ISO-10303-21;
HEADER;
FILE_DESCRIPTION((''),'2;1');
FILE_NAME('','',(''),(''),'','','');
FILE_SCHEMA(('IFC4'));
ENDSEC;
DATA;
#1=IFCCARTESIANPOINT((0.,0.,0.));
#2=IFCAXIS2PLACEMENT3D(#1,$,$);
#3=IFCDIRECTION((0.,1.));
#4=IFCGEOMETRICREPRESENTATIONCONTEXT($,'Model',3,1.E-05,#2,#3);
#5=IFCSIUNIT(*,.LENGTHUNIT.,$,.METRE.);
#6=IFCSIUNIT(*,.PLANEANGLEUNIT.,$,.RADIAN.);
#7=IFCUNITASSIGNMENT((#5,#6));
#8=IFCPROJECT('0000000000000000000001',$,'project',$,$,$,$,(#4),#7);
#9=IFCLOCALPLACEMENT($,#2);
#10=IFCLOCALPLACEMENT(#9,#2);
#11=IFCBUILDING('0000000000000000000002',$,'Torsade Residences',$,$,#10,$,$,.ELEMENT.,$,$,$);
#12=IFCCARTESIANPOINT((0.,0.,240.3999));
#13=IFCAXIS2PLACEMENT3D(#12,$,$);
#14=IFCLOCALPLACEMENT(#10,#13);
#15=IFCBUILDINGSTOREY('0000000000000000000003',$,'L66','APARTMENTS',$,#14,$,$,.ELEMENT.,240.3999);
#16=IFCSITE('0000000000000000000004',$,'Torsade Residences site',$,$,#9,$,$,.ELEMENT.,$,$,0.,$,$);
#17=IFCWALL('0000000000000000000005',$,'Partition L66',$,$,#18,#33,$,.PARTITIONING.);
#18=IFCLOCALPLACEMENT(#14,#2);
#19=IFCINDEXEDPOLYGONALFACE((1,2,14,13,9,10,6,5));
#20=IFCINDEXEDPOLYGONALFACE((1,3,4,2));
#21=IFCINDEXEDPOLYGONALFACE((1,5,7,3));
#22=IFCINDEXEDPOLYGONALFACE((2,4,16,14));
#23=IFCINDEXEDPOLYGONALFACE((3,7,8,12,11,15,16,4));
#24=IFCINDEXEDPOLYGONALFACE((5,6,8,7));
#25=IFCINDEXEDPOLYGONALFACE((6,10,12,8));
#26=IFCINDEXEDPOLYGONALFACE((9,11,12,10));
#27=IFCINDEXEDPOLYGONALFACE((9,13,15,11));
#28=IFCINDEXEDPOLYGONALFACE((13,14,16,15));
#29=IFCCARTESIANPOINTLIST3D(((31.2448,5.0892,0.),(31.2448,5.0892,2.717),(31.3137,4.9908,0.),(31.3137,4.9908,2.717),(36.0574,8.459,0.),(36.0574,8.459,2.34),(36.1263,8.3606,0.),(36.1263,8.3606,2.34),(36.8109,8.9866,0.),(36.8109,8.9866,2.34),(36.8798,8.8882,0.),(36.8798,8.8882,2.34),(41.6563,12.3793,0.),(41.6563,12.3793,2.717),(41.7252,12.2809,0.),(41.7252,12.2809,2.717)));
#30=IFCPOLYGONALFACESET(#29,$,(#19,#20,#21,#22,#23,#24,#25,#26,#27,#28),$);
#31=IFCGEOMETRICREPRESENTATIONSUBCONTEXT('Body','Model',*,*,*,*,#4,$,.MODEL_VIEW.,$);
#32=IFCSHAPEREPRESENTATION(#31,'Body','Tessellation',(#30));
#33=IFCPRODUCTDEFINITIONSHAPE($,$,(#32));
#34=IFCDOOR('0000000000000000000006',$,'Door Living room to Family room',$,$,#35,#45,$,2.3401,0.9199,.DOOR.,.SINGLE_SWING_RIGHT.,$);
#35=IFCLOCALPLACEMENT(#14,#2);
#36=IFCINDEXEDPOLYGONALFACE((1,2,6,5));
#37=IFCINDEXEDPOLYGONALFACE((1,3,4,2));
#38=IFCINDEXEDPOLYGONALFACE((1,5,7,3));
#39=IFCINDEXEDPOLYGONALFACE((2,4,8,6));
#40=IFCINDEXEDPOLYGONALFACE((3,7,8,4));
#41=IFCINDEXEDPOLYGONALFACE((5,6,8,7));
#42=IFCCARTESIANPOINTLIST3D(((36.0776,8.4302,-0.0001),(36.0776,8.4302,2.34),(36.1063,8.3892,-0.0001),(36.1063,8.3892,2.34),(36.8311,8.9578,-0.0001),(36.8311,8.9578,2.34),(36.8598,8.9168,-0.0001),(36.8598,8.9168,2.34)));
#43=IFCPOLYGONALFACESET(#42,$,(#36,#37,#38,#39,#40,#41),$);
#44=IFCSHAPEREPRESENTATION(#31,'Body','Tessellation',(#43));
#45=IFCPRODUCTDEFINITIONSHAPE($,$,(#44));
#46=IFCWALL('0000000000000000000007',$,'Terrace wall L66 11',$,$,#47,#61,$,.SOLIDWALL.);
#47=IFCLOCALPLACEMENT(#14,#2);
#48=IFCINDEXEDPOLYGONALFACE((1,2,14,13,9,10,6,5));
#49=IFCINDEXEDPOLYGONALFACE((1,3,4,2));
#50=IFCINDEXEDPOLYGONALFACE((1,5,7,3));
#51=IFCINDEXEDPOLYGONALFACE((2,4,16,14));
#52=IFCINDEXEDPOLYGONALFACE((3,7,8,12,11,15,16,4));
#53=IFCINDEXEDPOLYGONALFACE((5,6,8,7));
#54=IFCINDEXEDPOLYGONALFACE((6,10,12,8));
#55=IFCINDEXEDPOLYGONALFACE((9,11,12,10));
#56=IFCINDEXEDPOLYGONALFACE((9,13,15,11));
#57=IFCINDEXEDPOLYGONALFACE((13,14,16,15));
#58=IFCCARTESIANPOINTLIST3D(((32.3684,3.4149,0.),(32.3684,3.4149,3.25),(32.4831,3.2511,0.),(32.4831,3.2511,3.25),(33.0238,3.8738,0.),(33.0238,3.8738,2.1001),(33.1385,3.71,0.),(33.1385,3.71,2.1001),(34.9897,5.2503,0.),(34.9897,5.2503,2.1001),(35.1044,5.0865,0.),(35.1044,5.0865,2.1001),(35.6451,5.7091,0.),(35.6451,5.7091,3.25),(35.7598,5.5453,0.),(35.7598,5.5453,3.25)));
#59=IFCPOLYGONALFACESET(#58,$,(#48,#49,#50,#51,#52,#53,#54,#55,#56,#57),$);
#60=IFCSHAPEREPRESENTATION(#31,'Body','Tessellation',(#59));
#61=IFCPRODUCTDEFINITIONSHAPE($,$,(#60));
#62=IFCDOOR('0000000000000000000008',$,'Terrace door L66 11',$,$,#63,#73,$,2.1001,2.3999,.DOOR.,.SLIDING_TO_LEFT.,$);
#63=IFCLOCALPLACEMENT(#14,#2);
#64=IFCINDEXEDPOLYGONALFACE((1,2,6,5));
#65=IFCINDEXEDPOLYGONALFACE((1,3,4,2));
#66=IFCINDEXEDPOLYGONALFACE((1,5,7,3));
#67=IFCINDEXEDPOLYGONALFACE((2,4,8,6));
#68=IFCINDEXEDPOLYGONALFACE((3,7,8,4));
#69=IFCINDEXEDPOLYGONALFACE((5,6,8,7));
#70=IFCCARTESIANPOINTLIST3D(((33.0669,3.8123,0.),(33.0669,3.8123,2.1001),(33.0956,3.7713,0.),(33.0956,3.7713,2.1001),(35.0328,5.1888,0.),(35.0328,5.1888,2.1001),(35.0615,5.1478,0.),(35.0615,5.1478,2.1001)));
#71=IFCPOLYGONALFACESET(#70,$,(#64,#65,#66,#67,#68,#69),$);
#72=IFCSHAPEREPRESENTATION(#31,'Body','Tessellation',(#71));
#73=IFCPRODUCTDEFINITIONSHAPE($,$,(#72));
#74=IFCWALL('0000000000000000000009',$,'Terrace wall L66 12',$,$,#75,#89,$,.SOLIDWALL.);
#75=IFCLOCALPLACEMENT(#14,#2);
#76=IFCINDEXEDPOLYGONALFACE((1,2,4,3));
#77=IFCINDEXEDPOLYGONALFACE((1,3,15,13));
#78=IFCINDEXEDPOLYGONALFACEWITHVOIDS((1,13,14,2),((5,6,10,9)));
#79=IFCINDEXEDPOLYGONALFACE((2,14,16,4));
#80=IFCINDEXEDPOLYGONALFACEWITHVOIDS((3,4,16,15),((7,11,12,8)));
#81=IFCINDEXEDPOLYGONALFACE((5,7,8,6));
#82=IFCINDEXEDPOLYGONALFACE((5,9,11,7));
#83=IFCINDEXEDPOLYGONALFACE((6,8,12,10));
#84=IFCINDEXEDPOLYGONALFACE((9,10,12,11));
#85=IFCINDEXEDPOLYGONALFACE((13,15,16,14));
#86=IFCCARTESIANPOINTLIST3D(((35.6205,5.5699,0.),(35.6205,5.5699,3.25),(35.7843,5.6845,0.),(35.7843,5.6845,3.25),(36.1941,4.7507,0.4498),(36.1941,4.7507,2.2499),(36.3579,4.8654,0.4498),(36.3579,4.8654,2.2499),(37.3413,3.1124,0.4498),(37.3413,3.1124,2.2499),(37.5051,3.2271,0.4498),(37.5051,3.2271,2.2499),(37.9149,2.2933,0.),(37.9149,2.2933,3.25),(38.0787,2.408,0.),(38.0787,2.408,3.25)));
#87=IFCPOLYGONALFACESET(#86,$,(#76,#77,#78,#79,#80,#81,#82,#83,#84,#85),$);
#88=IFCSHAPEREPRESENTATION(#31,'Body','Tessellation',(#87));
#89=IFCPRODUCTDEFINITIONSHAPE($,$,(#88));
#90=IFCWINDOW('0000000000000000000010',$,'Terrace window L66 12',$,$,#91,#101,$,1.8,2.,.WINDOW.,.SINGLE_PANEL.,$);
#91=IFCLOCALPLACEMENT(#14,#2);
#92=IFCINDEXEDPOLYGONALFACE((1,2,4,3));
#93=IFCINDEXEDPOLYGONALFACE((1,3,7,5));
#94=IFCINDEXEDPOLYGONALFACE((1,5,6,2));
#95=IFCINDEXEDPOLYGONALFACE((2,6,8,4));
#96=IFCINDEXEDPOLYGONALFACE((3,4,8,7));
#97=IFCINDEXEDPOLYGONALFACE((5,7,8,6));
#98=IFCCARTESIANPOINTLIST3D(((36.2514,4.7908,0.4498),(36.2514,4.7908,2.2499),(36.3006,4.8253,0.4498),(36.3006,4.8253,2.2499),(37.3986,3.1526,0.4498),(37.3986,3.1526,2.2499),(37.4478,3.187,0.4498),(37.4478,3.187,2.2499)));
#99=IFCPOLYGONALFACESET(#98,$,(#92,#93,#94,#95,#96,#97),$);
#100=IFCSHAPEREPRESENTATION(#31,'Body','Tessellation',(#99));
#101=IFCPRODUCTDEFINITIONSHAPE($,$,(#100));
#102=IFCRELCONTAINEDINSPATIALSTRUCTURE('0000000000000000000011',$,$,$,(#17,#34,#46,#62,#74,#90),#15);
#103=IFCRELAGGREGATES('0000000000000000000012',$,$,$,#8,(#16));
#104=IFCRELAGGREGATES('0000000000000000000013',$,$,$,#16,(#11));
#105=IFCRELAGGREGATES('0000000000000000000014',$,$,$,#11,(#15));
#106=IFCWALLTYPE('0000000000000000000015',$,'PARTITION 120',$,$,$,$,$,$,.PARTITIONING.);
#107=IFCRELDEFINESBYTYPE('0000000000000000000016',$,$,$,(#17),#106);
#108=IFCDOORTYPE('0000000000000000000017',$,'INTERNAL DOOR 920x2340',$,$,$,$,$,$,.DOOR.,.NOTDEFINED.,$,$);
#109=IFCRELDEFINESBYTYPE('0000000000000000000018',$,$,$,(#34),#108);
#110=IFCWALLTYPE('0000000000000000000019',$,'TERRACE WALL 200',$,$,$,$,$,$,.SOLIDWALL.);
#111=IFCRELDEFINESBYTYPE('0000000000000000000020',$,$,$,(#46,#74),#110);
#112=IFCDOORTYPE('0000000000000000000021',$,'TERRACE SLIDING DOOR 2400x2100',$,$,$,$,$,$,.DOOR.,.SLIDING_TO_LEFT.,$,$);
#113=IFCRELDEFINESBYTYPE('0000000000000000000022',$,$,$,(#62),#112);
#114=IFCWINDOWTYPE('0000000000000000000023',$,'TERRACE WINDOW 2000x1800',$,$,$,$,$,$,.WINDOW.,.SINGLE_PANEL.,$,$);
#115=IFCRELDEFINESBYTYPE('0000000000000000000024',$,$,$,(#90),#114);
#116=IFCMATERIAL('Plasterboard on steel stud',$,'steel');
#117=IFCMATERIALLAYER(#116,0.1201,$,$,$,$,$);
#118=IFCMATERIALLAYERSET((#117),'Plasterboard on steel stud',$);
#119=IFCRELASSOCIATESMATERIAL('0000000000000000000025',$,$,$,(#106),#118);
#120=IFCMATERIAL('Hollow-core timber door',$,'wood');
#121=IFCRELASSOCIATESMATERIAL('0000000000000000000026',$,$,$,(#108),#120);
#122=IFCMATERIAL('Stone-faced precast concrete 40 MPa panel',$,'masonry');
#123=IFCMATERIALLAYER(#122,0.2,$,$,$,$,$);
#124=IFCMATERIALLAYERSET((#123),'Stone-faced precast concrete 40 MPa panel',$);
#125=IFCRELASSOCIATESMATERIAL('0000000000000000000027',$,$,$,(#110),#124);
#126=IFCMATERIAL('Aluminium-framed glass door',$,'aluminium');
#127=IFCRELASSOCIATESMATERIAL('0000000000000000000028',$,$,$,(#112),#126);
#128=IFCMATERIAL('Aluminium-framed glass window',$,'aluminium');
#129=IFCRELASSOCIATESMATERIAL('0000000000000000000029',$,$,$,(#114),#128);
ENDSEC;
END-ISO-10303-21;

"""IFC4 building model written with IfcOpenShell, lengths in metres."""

from ifc_helpers import new_model, si_unit, direction, frame, frame_2d, origin, place, context, subcontext, project, spatial, rectangle, extrude, material, layer, layer_set, type_object, element, fill, save


model = new_model("IFC4")

# Units and contexts
model_context = context("Model", 3, precision=1e-05, world=origin(), true_north=direction((0.0, 1.0)))
body_context = subcontext(model_context, "Body", "Model", "MODEL_VIEW")
ifc_project = project(units=[si_unit("LENGTHUNIT", "METRE"), si_unit("PLANEANGLEUNIT", "RADIAN")], contexts=[model_context])

# Site, building, storey
site_placement = place(None, origin())
site = spatial("IfcSite", under=ifc_project, at=site_placement, Name="Torsade Residences site", CompositionType="ELEMENT", RefElevation=0.0)
building_placement = place(site_placement, origin())
building = spatial("IfcBuilding", under=site, at=building_placement, Name="Torsade Residences", CompositionType="ELEMENT")
storey_placement = place(building_placement, frame((0.0, 0.0, 240.3999)))
storey = spatial("IfcBuildingStorey", under=building, at=storey_placement, Name="L66", Description="APARTMENTS", CompositionType="ELEMENT", Elevation=240.3999)

# Walls, openings, doors
ifc_material_1 = material(Name="Plasterboard on steel stud", Category="steel")
ifc_layer_1 = layer(ifc_material_1, 0.1201)
ifc_layer_set_1 = layer_set([ifc_layer_1], Name="Plasterboard on steel stud")
wall_type_1 = type_object("IfcWallType", Name="PARTITION 120", PredefinedType="PARTITIONING", material=ifc_layer_set_1)
wall_1_placement = place(storey_placement, frame((31.2793, 5.04, 0.0), z_axis=(0.0, 0.0, 1.0), x_axis=(0.819155, 0.573572, 0.0)))
wall_1 = element("IfcWall", 1, at=wall_1_placement, inside=storey, type_object=wall_type_1, Name="Partition L66", PredefinedType="PARTITIONING", context=body_context, shape_type="SweptSolid", body=[
    extrude(rectangle(XDim=12.71, YDim=0.1201, at=frame_2d((6.355, 0.0))), origin(), (0.0, 0.0, 1.0), 2.717),
])
opening_1_placement = place(wall_1_placement, frame((5.875, 0.0, 0.0)))
opening_1 = element("IfcOpeningElement", 2, at=opening_1_placement, cuts=wall_1, PredefinedType="OPENING", context=body_context, shape_type="SweptSolid", body=[
    extrude(rectangle(XDim=0.9199, YDim=2.3401, at=frame_2d((0.46, 1.1699))), frame((0.0, 0.0701, 0.0), z_axis=(0.0, -1.0, 0.0), x_axis=(1.0, 0.0, 0.0)), (0.0, 0.0, 1.0), 0.1401),
])
ifc_material_2 = material(Name="Hollow-core timber door", Category="wood")
door_type_1 = type_object("IfcDoorType", Name="INTERNAL DOOR 920x2340", OperationType="NOTDEFINED", PredefinedType="DOOR", material=ifc_material_2)
door_1_placement = place(opening_1_placement, origin())
door_1 = element("IfcDoor", 3, at=door_1_placement, inside=storey, type_object=door_type_1, Name="Door Living room to Family room", OperationType="SINGLE_SWING_RIGHT", OverallHeight=2.3401, OverallWidth=0.9199, PredefinedType="DOOR", context=body_context, shape_type="SweptSolid", body=[
    extrude(rectangle(XDim=0.9199, YDim=2.3401, at=frame_2d((0.46, 1.1699))), frame((0.0, 0.0249, 0.0), z_axis=(0.0, -1.0, 0.0), x_axis=(1.0, 0.0, 0.0)), (0.0, 0.0, 1.0), 0.05),
])
fill(opening_1, door_1)
ifc_material_3 = material(Name="Stone-faced precast concrete 40 MPa panel", Category="masonry")
ifc_layer_2 = layer(ifc_material_3, 0.2)
ifc_layer_set_2 = layer_set([ifc_layer_2], Name="Stone-faced precast concrete 40 MPa panel")
wall_type_2 = type_object("IfcWallType", Name="TERRACE WALL 200", PredefinedType="SOLIDWALL", material=ifc_layer_set_2)
wall_2_placement = place(storey_placement, frame((32.4258, 3.333, 0.0), z_axis=(0.0, 0.0, 1.0), x_axis=(0.819166, 0.573557, 0.0)))
wall_2 = element("IfcWall", 4, at=wall_2_placement, inside=storey, type_object=wall_type_2, Name="Terrace wall L66 11", PredefinedType="SOLIDWALL", context=body_context, shape_type="SweptSolid", body=[
    extrude(rectangle(XDim=4.0, YDim=0.2, at=frame_2d((2.0, 0.0))), origin(), (0.0, 0.0, 1.0), 3.25),
])
opening_2_placement = place(wall_2_placement, frame((0.8, 0.0, 0.0)))
opening_2 = element("IfcOpeningElement", 5, at=opening_2_placement, cuts=wall_2, PredefinedType="OPENING", context=body_context, shape_type="SweptSolid", body=[
    extrude(rectangle(XDim=2.3999, YDim=2.1001, at=frame_2d((1.2, 1.05))), frame((0.0, 0.1099, 0.0), z_axis=(0.0, -1.0, 0.0), x_axis=(1.0, 0.0, 0.0)), (0.0, 0.0, 1.0), 0.22),
])
ifc_material_4 = material(Name="Aluminium-framed glass door", Category="aluminium")
door_type_2 = type_object("IfcDoorType", Name="TERRACE SLIDING DOOR 2400x2100", OperationType="SLIDING_TO_LEFT", PredefinedType="DOOR", material=ifc_material_4)
door_2_placement = place(opening_2_placement, origin())
door_2 = element("IfcDoor", 6, at=door_2_placement, inside=storey, type_object=door_type_2, Name="Terrace door L66 11", OperationType="SLIDING_TO_LEFT", OverallHeight=2.1001, OverallWidth=2.3999, PredefinedType="DOOR", context=body_context, shape_type="SweptSolid", body=[
    extrude(rectangle(XDim=2.3999, YDim=2.1001, at=frame_2d((1.2, 1.05))), frame((0.0, 0.0249, 0.0), z_axis=(0.0, -1.0, 0.0), x_axis=(1.0, 0.0, 0.0)), (0.0, 0.0, 1.0), 0.05),
])
fill(opening_2, door_2)

# Wall, opening, window
wall_3_placement = place(storey_placement, frame((35.7024, 5.6272, 0.0), z_axis=(0.0, 0.0, 1.0), x_axis=(0.573598, -0.819137, 0.0)))
wall_3 = element("IfcWall", 7, at=wall_3_placement, inside=storey, type_object=wall_type_2, Name="Terrace wall L66 12", PredefinedType="SOLIDWALL", context=body_context, shape_type="SweptSolid", body=[
    extrude(rectangle(XDim=4.0, YDim=0.2, at=frame_2d((2.0, 0.0))), origin(), (0.0, 0.0, 1.0), 3.25),
])
opening_3_placement = place(wall_3_placement, frame((1.0, 0.0, 0.45)))
opening_3 = element("IfcOpeningElement", 8, at=opening_3_placement, cuts=wall_3, PredefinedType="OPENING", context=body_context, shape_type="SweptSolid", body=[
    extrude(rectangle(XDim=2.0, YDim=1.8, at=frame_2d((1.0, 0.8999))), frame((0.0, 0.1099, 0.0), z_axis=(0.0, -1.0, 0.0), x_axis=(1.0, 0.0, 0.0)), (0.0, 0.0, 1.0), 0.22),
])
ifc_material_5 = material(Name="Aluminium-framed glass window", Category="aluminium")
window_type = type_object("IfcWindowType", Name="TERRACE WINDOW 2000x1800", PartitioningType="SINGLE_PANEL", PredefinedType="WINDOW", material=ifc_material_5)
window_placement = place(opening_3_placement, origin())
window = element("IfcWindow", 9, at=window_placement, inside=storey, type_object=window_type, Name="Terrace window L66 12", OverallHeight=1.8, OverallWidth=2.0, PartitioningType="SINGLE_PANEL", PredefinedType="WINDOW", context=body_context, shape_type="SweptSolid", body=[
    extrude(rectangle(XDim=2.0, YDim=1.8, at=frame_2d((1.0, 0.8999))), frame((0.0, 0.03, 0.0), z_axis=(0.0, -1.0, 0.0), x_axis=(1.0, 0.0, 0.0)), (0.0, 0.0, 1.0), 0.0601),
])
fill(opening_3, window)

save(model, "model.ifc")
